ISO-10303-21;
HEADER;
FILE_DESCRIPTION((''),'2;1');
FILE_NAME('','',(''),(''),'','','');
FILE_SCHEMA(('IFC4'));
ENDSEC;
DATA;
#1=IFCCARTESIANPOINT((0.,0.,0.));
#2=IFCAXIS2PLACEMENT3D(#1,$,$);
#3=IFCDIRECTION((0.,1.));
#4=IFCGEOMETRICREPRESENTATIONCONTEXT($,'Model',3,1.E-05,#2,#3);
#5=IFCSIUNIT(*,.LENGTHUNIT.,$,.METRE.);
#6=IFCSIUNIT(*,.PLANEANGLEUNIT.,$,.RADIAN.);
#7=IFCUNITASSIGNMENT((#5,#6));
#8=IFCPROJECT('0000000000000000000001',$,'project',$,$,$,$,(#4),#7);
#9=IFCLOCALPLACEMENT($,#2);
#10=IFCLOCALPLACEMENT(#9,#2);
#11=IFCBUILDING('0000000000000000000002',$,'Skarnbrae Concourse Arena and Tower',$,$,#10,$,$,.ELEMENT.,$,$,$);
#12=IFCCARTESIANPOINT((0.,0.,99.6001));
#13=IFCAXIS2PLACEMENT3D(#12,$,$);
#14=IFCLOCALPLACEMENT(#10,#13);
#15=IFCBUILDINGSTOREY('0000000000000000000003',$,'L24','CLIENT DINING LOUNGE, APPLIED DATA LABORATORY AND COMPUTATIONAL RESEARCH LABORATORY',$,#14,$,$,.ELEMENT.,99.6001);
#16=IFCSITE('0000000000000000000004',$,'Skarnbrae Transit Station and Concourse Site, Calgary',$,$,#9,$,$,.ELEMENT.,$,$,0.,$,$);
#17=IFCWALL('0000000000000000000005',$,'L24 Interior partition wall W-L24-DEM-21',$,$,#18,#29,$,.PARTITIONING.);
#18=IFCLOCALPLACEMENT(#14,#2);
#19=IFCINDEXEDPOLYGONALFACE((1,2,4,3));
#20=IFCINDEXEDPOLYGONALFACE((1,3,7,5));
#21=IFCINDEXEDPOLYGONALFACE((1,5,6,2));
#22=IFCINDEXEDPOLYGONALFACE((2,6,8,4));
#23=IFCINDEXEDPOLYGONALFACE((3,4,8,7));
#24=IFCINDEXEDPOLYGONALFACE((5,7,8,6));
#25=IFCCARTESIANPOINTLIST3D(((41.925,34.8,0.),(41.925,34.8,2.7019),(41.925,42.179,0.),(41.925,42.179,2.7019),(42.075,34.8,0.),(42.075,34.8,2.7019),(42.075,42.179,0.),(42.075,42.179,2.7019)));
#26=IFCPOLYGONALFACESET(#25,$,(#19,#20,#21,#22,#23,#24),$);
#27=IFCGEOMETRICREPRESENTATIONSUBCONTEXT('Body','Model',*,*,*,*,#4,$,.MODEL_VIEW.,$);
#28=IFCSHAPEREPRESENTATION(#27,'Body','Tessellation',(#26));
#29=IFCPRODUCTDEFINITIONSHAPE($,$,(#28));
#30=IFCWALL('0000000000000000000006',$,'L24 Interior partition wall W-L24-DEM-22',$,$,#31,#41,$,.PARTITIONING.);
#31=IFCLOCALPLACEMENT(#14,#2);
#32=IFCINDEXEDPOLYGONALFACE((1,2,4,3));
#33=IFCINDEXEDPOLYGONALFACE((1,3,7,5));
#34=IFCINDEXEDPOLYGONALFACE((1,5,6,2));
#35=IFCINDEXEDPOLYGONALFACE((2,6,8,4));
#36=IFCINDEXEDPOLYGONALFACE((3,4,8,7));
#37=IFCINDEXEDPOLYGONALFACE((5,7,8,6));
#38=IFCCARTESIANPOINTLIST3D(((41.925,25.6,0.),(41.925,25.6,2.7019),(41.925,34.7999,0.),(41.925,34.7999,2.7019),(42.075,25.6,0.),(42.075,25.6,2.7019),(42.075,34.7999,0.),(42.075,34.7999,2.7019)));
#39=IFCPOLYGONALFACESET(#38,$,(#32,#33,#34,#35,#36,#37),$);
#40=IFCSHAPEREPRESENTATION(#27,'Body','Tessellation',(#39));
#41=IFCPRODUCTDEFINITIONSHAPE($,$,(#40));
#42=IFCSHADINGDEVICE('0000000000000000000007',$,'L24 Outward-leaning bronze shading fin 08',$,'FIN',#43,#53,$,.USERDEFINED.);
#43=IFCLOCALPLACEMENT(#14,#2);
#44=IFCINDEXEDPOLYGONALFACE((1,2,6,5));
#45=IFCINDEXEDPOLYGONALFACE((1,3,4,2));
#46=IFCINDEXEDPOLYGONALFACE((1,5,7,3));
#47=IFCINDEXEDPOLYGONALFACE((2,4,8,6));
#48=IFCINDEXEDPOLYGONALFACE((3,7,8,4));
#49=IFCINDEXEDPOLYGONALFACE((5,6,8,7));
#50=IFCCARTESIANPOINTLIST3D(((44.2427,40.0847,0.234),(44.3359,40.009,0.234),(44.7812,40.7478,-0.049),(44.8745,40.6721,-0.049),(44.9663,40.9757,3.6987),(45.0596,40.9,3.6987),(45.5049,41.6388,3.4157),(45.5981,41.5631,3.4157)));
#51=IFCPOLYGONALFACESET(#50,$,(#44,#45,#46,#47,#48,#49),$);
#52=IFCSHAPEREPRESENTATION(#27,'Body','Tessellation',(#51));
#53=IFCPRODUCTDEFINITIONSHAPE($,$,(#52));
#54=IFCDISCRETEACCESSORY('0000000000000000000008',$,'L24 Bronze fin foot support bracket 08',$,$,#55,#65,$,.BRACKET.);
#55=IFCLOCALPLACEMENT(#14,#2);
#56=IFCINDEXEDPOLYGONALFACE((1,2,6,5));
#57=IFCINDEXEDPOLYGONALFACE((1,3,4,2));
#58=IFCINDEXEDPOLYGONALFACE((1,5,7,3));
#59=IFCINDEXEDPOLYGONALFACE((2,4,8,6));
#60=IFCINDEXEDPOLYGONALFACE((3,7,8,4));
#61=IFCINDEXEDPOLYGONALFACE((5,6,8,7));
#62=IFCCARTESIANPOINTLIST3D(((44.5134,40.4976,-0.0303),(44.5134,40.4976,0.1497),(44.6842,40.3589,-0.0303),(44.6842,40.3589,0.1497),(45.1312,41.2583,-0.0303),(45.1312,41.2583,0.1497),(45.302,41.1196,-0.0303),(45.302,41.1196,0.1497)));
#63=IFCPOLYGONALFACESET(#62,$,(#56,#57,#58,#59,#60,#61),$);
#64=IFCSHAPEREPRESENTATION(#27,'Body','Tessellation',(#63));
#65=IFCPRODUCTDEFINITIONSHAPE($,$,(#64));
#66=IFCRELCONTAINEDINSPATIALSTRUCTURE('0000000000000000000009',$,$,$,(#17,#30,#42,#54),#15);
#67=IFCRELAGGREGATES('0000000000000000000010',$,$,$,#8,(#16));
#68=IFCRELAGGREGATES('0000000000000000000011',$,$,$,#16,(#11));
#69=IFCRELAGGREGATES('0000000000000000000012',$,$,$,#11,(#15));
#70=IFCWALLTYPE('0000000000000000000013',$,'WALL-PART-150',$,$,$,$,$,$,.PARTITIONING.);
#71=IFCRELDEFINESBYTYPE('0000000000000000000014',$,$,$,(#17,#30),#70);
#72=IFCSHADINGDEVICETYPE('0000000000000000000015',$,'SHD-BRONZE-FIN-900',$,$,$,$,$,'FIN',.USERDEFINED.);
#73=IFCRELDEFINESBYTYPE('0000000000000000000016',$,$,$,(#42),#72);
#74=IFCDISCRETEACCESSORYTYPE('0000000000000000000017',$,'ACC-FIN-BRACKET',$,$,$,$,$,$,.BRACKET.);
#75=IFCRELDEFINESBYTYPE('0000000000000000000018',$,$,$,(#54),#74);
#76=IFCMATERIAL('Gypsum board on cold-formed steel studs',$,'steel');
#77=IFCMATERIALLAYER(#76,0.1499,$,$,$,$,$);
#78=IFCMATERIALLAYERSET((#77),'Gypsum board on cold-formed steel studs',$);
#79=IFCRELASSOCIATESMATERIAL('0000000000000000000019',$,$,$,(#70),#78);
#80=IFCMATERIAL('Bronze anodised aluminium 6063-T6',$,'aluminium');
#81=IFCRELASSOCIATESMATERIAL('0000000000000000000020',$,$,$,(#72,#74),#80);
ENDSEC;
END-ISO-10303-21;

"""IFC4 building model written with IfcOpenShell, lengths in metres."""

from ifc_helpers import new_model, si_unit, direction, frame, frame_2d, origin, origin_2d, place, context, subcontext, project, spatial, rectangle, extrude, source, transform, mapped, material, layer, layer_set, type_object, element, save


model = new_model("IFC4")

# Units and contexts
model_context = context("Model", 3, precision=1e-05, world=origin(), true_north=direction((0.0, 1.0)))
body_context = subcontext(model_context, "Body", "Model", "MODEL_VIEW")
ifc_project = project(units=[si_unit("LENGTHUNIT", "METRE"), si_unit("PLANEANGLEUNIT", "RADIAN")], contexts=[model_context])

# Site, building, storey
site_placement = place(None, origin())
site = spatial("IfcSite", under=ifc_project, at=site_placement, Name="Skarnbrae Transit Station and Concourse Site, Calgary", CompositionType="ELEMENT", RefElevation=0.0)
building_placement = place(site_placement, origin())
building = spatial("IfcBuilding", under=site, at=building_placement, Name="Skarnbrae Concourse Arena and Tower", CompositionType="ELEMENT")
storey_placement = place(building_placement, frame((0.0, 0.0, 99.6001)))
storey = spatial("IfcBuildingStorey", under=building, at=storey_placement, Name="L24", Description="CLIENT DINING LOUNGE, APPLIED DATA LABORATORY AND COMPUTATIONAL RESEARCH LABORATORY", CompositionType="ELEMENT", Elevation=99.6001)

# Shared definitions
ifc_material_1 = material(Name="Bronze anodised aluminium 6063-T6", Category="aluminium")

# Walls
ifc_material_2 = material(Name="Gypsum board on cold-formed steel studs", Category="steel")
ifc_layer_1 = layer(ifc_material_2, 0.1499)
ifc_layer_set_1 = layer_set([ifc_layer_1], Name="Gypsum board on cold-formed steel studs")
wall_type_1 = type_object("IfcWallType", Name="WALL-PART-150", PredefinedType="PARTITIONING", material=ifc_layer_set_1)
shared_shape_1 = source(origin(), body_context, "Body", "SweptSolid", [
    extrude(rectangle(XDim=7.3789, YDim=0.1499, at=frame_2d((3.6895, 0.0))), origin(), (0.0, 0.0, 1.0), 2.7019),
])
wall_1_placement = place(storey_placement, frame((42.0, 42.179, 0.0), z_axis=(0.0, 0.0, 1.0), x_axis=(0.0, -1.0, 0.0)))
element("IfcWall", 1, at=wall_1_placement, inside=storey, type_object=wall_type_1, Name="L24 Interior partition wall W-L24-DEM-21", PredefinedType="PARTITIONING", context=body_context, shape_type="MappedRepresentation", body=[
    mapped(shared_shape_1, transform((0.0, 0.0, 0.0))),
])
shared_shape_2 = source(origin(), body_context, "Body", "SweptSolid", [
    extrude(rectangle(XDim=9.2, YDim=0.1499, at=frame_2d((4.6001, 0.0))), origin(), (0.0, 0.0, 1.0), 2.7019),
])
wall_2_placement = place(storey_placement, frame((42.0, 34.8, 0.0), z_axis=(0.0, 0.0, 1.0), x_axis=(0.0, -1.0, 0.0)))
element("IfcWall", 2, at=wall_2_placement, inside=storey, type_object=wall_type_1, Name="L24 Interior partition wall W-L24-DEM-22", PredefinedType="PARTITIONING", context=body_context, shape_type="MappedRepresentation", body=[
    mapped(shared_shape_2, transform((0.0, 0.0, 0.0))),
])

# Shading device
shading_device_type = type_object("IfcShadingDeviceType", Name="SHD-BRONZE-FIN-900", ElementType="FIN", PredefinedType="USERDEFINED", material=ifc_material_1)
shared_shape_3 = source(origin(), body_context, "Body", "SweptSolid", [
    extrude(rectangle(XDim=0.1201, YDim=0.8999, at=origin_2d()), origin(), (0.0, 0.0, 1.0), 3.6499),
])
shading_device_placement = place(storey_placement, frame((44.5586, 40.3784, 0.0925), z_axis=(0.198264, 0.244121, 0.949261), x_axis=(0.776245, -0.630432, 0.0)))
element("IfcShadingDevice", 3, at=shading_device_placement, inside=storey, type_object=shading_device_type, Name="L24 Outward-leaning bronze shading fin 08", ObjectType="FIN", PredefinedType="USERDEFINED", context=body_context, shape_type="MappedRepresentation", body=[
    mapped(shared_shape_3, transform((0.0, 0.0, 0.0))),
])

# Discrete accessory
discrete_accessory_type = type_object("IfcDiscreteAccessoryType", Name="ACC-FIN-BRACKET", PredefinedType="BRACKET", material=ifc_material_1)
shared_shape_4 = source(origin(), body_context, "Body", "SweptSolid", [
    extrude(rectangle(XDim=0.22, YDim=0.98, at=origin_2d()), origin(), (0.0, 0.0, 1.0), 0.1799),
])
discrete_accessory_placement = place(storey_placement, frame((44.9077, 40.8086, -0.0303), z_axis=(0.0, 0.0, 1.0), x_axis=(0.776245, -0.630432, 0.0)))
element("IfcDiscreteAccessory", 4, at=discrete_accessory_placement, inside=storey, type_object=discrete_accessory_type, Name="L24 Bronze fin foot support bracket 08", PredefinedType="BRACKET", context=body_context, shape_type="MappedRepresentation", body=[
    mapped(shared_shape_4, transform((0.0, 0.0, 0.0))),
])

save(model, "model.ifc")
